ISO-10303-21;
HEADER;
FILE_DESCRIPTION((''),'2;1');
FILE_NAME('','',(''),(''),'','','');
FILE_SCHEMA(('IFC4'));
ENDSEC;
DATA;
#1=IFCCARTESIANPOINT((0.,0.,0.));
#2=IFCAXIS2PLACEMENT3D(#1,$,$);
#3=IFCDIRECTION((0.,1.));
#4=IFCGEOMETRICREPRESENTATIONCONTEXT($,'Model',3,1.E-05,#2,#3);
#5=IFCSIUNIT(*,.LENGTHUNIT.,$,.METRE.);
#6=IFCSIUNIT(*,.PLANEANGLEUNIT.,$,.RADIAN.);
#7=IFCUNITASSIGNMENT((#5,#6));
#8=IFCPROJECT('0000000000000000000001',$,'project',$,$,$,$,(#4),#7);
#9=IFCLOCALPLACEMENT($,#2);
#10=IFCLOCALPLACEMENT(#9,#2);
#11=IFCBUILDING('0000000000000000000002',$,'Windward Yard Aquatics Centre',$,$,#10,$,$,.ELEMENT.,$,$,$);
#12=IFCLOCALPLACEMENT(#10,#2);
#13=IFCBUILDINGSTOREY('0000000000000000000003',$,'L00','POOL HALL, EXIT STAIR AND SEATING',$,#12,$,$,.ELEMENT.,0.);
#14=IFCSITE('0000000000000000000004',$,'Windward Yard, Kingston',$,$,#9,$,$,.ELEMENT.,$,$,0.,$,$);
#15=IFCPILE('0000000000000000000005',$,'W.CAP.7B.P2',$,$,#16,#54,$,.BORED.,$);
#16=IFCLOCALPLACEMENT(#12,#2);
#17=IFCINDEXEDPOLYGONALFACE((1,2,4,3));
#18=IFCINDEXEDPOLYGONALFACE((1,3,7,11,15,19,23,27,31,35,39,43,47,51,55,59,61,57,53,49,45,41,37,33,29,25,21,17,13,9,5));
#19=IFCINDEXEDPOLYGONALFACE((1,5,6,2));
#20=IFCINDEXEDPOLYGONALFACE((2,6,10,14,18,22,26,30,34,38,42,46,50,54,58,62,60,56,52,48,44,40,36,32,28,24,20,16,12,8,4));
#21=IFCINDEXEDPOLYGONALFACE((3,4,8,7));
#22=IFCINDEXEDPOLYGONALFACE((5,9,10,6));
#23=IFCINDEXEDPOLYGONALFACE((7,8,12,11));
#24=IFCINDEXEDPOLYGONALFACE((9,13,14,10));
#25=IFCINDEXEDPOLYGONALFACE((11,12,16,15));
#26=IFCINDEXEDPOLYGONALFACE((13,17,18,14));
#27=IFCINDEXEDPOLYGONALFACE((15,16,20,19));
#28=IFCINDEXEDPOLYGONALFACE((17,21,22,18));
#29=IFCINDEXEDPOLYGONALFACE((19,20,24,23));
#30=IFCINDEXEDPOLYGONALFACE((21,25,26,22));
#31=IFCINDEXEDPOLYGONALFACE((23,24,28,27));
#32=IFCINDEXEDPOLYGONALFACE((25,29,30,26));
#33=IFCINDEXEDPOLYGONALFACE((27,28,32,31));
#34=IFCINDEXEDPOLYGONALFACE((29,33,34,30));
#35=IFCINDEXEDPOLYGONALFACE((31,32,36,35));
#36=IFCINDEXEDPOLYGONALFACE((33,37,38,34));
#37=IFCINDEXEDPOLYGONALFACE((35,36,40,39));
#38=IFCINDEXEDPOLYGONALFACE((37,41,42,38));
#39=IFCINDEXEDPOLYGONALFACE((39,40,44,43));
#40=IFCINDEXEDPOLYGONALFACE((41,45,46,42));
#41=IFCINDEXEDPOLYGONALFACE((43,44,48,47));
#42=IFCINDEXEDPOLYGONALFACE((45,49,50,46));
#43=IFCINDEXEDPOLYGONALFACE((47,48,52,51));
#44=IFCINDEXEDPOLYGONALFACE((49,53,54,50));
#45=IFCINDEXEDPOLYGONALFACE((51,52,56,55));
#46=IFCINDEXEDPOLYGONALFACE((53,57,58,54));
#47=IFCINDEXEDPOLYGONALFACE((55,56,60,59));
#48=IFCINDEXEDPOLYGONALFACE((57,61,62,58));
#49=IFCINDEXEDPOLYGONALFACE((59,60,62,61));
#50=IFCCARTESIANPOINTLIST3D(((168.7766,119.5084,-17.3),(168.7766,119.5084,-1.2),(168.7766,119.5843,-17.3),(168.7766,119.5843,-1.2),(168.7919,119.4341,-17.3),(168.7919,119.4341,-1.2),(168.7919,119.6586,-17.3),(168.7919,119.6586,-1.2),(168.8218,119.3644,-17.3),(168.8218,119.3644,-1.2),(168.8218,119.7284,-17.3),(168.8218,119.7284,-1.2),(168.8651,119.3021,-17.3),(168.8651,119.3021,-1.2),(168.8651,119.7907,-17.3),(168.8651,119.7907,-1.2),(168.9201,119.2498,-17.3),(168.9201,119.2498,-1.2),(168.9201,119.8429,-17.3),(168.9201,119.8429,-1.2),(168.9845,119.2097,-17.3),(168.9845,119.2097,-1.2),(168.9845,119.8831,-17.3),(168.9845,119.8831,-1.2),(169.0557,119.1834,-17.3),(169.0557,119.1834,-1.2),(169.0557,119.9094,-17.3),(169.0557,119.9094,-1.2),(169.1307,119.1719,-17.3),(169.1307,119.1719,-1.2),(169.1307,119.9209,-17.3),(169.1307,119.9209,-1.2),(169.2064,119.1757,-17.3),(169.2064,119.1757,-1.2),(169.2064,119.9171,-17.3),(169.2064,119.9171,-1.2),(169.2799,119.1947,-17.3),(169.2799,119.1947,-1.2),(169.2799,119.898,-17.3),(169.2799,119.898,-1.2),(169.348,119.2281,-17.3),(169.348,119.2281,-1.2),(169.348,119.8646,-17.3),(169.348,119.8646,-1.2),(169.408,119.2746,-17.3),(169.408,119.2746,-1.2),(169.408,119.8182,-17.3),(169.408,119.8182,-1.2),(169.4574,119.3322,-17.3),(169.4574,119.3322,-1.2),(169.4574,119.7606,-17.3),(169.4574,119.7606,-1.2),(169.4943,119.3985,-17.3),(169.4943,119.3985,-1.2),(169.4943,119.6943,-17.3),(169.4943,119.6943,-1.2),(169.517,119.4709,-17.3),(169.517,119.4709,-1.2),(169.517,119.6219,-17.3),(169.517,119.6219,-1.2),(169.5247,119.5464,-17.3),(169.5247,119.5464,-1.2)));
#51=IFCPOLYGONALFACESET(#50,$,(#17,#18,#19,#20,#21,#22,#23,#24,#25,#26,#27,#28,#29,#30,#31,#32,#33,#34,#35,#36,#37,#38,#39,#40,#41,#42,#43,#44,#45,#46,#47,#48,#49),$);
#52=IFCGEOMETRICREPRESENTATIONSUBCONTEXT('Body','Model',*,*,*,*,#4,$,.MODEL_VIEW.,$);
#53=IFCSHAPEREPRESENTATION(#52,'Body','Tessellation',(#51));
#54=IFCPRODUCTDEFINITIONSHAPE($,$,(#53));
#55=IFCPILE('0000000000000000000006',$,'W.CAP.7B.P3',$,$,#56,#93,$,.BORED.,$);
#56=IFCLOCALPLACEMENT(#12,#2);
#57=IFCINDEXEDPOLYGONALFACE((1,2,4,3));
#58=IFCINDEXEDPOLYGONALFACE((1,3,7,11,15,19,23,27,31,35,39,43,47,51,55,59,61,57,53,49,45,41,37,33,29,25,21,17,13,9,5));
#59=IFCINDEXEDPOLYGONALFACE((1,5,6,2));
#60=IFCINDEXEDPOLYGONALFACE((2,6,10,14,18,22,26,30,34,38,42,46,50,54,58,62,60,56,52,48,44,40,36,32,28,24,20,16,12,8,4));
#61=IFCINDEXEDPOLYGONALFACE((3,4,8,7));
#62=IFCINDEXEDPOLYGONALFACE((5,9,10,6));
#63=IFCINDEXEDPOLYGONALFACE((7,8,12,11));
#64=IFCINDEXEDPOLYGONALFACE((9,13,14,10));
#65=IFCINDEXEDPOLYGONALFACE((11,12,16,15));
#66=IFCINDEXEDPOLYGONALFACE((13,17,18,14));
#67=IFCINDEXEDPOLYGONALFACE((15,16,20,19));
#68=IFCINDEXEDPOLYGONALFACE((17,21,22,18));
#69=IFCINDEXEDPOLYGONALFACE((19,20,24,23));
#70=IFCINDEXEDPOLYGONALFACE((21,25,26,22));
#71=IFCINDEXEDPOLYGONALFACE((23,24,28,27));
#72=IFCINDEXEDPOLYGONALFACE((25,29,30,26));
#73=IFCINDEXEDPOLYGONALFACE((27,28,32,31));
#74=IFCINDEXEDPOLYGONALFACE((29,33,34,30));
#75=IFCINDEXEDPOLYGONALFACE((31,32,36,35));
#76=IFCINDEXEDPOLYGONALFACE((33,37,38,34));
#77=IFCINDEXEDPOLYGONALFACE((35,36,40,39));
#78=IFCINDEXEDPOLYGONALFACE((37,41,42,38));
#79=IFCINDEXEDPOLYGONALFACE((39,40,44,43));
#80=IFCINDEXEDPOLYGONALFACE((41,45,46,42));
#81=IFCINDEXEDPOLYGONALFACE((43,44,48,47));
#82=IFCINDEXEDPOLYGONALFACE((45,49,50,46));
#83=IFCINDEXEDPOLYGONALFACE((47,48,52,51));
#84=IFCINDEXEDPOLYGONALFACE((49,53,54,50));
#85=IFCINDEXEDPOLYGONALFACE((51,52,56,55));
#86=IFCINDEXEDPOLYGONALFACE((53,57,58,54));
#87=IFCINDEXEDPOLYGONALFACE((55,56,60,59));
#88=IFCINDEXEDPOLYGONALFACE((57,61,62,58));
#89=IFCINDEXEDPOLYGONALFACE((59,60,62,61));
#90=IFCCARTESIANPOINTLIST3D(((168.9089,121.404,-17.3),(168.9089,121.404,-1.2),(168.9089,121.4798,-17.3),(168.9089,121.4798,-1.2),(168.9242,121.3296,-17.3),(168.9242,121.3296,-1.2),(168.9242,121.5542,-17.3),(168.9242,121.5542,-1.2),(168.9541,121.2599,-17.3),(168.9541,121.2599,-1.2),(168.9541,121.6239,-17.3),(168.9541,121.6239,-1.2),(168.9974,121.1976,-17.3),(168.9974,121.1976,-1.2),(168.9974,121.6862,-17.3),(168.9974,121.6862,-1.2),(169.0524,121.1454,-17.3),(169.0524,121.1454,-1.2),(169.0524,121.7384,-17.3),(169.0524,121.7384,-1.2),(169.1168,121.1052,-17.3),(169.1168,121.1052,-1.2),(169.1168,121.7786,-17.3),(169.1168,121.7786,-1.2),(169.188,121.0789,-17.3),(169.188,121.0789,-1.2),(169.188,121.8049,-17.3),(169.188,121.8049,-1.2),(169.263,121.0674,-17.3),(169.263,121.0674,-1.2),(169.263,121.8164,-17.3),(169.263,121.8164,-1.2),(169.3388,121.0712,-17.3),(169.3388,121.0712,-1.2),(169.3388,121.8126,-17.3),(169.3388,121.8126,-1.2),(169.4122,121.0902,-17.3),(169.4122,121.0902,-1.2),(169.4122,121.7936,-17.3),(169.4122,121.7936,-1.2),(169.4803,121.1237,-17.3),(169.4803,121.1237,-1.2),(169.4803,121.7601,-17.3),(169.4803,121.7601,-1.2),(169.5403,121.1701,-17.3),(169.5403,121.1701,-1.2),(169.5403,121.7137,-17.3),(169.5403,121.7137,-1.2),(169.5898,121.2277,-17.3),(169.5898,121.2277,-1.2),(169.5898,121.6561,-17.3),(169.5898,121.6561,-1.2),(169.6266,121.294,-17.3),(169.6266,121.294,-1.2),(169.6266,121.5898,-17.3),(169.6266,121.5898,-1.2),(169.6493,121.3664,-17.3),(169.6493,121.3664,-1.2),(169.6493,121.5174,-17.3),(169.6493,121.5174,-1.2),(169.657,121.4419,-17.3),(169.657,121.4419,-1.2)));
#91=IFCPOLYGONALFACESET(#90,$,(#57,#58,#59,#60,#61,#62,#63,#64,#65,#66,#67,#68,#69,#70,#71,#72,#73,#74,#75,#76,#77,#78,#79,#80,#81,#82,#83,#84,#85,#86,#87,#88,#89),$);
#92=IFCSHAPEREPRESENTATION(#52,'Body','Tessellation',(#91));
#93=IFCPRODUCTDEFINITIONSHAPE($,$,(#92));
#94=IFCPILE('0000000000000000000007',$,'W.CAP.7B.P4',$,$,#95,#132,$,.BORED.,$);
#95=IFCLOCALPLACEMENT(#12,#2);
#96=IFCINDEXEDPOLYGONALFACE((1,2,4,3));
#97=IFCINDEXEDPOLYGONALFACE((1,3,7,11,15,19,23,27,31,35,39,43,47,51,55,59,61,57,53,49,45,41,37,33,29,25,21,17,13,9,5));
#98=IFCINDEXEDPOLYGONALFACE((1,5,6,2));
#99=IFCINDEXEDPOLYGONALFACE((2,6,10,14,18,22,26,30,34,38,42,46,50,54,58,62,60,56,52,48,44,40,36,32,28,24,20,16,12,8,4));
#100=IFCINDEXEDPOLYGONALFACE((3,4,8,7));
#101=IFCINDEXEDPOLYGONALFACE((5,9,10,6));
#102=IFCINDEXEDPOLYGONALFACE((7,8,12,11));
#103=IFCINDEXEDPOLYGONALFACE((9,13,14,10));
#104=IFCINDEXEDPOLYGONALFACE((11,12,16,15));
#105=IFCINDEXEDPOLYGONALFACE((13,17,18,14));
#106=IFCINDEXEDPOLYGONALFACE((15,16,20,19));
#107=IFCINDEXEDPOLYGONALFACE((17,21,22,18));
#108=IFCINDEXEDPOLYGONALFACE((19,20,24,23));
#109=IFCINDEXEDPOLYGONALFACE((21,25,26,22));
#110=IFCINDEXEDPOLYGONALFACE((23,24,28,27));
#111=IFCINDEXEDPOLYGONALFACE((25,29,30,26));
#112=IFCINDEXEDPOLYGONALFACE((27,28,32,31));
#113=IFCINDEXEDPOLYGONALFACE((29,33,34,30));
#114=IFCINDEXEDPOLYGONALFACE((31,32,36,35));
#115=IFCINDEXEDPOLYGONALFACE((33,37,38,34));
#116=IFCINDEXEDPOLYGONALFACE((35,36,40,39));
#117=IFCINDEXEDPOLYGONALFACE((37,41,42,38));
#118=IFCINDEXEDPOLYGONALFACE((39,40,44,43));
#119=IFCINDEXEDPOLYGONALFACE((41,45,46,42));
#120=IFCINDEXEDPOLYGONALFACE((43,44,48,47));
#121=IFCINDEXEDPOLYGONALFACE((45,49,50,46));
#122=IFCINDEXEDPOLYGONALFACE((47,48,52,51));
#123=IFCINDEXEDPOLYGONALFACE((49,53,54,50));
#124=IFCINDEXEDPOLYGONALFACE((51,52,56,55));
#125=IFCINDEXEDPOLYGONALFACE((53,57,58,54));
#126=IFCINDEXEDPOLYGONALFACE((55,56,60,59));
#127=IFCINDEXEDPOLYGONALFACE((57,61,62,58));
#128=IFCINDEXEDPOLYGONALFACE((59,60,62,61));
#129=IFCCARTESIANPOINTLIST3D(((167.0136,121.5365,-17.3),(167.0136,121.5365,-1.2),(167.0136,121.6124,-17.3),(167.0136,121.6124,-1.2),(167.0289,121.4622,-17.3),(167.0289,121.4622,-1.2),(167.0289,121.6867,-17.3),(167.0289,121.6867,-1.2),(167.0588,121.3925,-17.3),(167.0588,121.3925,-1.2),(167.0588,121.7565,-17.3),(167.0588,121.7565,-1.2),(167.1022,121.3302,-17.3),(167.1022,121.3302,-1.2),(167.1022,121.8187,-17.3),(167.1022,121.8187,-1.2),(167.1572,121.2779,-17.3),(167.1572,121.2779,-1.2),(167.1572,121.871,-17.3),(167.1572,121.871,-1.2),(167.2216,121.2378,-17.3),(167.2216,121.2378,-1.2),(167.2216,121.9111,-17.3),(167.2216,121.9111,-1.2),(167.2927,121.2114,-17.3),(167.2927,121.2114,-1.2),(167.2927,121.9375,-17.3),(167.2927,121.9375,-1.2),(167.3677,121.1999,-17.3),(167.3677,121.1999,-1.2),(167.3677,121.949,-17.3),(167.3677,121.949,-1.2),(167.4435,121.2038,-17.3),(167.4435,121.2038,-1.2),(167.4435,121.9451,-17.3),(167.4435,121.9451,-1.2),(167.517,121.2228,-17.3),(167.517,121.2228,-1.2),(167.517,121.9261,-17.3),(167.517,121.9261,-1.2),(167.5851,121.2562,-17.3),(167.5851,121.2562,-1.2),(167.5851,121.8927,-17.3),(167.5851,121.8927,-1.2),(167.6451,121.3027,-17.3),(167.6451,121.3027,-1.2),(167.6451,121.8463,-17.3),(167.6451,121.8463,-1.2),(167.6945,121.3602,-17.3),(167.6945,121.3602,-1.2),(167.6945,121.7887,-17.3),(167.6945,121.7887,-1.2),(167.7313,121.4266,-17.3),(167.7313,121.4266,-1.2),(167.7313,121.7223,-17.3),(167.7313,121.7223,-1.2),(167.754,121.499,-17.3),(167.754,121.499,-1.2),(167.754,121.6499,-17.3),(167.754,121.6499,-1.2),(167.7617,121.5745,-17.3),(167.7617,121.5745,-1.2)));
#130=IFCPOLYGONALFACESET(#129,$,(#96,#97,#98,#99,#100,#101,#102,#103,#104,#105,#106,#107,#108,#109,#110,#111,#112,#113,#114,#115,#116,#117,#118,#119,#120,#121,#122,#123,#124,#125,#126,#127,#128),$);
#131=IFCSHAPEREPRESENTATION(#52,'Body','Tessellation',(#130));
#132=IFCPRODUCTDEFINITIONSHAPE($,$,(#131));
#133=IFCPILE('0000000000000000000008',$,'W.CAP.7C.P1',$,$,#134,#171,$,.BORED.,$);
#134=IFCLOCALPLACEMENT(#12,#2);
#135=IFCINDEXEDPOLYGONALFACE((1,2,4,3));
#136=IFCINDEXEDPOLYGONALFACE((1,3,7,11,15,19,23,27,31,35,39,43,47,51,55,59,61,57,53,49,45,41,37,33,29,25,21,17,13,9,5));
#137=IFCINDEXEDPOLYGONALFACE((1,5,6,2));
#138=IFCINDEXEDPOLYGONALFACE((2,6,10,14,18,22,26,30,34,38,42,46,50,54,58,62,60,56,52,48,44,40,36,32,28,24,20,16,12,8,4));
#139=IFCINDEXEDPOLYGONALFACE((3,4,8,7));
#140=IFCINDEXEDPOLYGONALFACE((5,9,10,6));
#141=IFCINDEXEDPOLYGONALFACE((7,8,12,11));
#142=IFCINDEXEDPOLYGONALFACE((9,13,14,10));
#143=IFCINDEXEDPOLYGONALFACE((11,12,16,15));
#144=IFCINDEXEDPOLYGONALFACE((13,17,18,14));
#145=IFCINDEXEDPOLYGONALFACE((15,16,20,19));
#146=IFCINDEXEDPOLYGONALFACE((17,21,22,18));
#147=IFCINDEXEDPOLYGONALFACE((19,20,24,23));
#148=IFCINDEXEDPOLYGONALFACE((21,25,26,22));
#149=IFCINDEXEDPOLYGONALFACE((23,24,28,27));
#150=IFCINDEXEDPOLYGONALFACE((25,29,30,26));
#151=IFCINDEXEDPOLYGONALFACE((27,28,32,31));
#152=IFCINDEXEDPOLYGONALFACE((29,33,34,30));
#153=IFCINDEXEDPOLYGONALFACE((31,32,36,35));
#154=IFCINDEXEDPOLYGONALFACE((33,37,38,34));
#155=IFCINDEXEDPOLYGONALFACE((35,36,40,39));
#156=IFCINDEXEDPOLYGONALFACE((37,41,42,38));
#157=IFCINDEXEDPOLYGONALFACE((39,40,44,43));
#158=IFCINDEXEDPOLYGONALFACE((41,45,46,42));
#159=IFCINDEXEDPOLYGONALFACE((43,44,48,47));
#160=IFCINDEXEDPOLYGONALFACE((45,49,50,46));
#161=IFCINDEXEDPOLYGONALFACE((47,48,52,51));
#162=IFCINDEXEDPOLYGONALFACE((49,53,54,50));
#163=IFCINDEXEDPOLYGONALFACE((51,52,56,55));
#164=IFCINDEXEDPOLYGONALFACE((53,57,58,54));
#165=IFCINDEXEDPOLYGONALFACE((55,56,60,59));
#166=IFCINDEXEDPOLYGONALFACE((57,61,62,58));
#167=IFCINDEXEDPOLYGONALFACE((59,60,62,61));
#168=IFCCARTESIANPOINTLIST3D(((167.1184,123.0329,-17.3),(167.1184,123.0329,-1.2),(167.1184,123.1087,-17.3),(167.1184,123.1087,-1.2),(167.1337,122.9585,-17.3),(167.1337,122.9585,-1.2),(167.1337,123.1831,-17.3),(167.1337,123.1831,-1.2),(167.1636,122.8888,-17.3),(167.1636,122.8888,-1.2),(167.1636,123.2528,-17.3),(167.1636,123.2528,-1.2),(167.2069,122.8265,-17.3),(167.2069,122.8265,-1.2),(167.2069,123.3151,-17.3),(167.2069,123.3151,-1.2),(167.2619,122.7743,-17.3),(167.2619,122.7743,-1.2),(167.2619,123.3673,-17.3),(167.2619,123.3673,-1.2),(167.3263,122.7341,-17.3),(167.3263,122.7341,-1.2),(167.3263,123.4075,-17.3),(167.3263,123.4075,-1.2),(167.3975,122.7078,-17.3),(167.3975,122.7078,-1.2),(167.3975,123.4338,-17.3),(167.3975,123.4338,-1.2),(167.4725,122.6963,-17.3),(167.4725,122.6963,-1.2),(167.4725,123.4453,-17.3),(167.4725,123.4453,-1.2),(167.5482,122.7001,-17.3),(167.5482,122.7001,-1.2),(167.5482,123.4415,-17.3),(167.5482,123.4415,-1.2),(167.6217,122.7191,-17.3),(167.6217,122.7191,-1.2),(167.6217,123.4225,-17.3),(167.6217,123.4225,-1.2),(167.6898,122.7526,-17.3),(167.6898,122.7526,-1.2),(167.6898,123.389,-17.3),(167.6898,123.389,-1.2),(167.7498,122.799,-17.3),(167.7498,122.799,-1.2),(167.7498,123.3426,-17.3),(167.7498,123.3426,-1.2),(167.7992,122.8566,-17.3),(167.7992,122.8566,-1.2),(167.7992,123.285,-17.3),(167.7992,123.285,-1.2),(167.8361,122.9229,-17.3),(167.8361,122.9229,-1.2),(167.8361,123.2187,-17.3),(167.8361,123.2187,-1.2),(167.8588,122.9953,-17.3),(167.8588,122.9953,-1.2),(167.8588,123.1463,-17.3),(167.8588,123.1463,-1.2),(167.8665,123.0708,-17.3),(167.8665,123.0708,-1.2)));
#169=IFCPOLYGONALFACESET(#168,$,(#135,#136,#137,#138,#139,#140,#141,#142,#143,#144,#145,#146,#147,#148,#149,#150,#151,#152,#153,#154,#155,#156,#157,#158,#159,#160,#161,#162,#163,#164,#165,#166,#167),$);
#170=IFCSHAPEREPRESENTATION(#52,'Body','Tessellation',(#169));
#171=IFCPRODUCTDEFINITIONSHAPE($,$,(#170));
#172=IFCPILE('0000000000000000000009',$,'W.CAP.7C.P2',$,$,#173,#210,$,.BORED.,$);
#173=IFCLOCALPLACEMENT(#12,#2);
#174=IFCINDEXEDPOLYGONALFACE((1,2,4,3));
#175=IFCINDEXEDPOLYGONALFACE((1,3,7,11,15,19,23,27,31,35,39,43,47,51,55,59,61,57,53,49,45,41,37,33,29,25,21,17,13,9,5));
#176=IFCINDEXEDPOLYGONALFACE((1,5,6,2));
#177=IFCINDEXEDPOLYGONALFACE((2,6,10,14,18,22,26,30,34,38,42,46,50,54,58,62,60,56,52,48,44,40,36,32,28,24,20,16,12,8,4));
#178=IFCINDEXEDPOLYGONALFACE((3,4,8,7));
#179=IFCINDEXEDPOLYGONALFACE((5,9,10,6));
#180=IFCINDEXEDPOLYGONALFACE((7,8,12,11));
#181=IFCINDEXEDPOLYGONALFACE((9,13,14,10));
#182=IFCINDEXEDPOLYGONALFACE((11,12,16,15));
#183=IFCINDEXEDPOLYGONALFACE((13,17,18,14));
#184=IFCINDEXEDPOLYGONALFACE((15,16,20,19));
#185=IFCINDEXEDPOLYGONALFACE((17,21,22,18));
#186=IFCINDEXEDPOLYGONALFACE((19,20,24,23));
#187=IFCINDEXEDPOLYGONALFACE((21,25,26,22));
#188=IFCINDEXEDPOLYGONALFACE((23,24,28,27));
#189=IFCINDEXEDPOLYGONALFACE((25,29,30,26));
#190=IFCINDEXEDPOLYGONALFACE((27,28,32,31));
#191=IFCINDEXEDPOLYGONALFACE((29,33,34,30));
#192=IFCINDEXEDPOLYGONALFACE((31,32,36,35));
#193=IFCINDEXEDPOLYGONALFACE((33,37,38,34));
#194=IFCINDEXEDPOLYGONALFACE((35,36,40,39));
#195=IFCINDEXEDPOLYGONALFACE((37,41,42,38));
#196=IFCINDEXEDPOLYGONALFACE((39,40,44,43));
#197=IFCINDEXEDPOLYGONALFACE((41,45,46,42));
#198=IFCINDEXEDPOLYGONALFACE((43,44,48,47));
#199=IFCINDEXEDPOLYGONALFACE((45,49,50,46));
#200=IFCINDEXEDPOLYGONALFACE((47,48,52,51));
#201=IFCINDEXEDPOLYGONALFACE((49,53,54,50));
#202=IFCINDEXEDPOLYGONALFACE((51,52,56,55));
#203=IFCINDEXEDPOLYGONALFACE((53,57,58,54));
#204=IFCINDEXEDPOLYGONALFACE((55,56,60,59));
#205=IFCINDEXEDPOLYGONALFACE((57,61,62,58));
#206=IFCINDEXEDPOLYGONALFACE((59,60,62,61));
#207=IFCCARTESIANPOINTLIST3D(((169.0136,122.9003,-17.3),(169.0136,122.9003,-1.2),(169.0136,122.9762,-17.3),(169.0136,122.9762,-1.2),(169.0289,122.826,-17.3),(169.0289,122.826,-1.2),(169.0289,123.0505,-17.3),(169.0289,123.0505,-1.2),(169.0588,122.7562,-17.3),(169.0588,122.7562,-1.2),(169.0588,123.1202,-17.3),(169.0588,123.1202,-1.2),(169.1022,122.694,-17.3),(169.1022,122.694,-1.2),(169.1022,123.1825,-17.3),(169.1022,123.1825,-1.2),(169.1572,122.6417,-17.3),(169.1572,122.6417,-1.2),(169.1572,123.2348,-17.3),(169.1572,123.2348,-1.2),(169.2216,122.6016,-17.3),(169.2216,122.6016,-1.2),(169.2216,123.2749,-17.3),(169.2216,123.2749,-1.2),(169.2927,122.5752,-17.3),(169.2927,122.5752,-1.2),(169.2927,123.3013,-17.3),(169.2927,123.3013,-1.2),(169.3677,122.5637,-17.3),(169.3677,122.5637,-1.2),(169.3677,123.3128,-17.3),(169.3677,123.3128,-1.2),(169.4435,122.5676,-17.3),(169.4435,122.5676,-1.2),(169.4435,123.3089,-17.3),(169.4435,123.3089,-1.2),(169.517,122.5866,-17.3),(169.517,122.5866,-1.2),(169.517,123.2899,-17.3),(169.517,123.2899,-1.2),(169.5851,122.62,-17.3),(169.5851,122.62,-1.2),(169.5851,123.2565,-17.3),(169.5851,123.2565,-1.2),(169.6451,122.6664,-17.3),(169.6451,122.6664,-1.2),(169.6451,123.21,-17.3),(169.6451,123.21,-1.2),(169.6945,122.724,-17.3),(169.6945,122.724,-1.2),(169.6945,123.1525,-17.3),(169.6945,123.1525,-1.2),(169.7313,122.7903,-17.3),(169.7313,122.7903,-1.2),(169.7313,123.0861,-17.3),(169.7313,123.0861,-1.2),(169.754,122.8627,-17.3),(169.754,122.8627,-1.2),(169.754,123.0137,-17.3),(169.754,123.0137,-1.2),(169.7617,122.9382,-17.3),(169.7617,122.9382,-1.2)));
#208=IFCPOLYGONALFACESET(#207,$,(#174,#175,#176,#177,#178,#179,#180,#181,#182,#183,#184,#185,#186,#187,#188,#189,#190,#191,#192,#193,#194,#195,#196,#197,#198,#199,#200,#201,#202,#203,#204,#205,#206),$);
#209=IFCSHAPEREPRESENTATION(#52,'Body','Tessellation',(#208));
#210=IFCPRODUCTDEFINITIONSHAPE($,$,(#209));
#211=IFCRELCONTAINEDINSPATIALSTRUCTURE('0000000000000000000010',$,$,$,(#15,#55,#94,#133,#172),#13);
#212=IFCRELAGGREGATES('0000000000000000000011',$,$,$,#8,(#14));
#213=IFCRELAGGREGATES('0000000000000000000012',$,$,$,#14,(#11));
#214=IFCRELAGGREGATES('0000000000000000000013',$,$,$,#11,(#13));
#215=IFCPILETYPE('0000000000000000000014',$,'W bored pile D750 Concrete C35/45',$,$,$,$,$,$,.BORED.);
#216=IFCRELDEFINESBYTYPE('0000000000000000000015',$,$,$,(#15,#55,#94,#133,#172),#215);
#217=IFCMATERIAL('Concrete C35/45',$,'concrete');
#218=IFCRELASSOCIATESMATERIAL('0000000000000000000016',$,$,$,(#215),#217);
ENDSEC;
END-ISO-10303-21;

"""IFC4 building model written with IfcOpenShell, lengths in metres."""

from ifc_helpers import new_model, si_unit, direction, frame, origin, origin_2d, place, context, subcontext, project, spatial, circle, extrude, material, material_profile, profile_set, type_object, element, save


model = new_model("IFC4")

# Units and contexts
model_context = context("Model", 3, precision=1e-05, world=origin(), true_north=direction((0.0, 1.0)))
body_context = subcontext(model_context, "Body", "Model", "MODEL_VIEW")
ifc_project = project(units=[si_unit("LENGTHUNIT", "METRE"), si_unit("PLANEANGLEUNIT", "RADIAN")], contexts=[model_context])

# Site, building, storey
site_placement = place(None, origin())
site = spatial("IfcSite", under=ifc_project, at=site_placement, Name="Windward Yard, Kingston", CompositionType="ELEMENT", RefElevation=0.0)
building_placement = place(site_placement, origin())
building = spatial("IfcBuilding", under=site, at=building_placement, Name="Windward Yard Aquatics Centre", CompositionType="ELEMENT")
storey_placement = place(building_placement, origin())
storey = spatial("IfcBuildingStorey", under=building, at=storey_placement, Name="L00", Description="POOL HALL, EXIT STAIR AND SEATING", CompositionType="ELEMENT", Elevation=0.0)

# Piles
ifc_material_1 = material(Name="Concrete C35/45", Category="concrete")
ifc_material_profile_1 = material_profile(ifc_material_1, circle(Radius=0.375, at=origin_2d()), Name="D750")
ifc_profile_set_1 = profile_set([ifc_material_profile_1], Name="Concrete C35/45")
pile_type = type_object("IfcPileType", Name="W bored pile D750 Concrete C35/45", PredefinedType="BORED", material=ifc_profile_set_1)
for number, where, z_axis, x_axis, name in (
    (1, (169.1497, 119.5464, -1.2), (0.0, 0.0, -1.0), (1.0, 0.0, 0.0), "W.CAP.7B.P2"),
    (2, (169.282, 121.4419, -1.2), (0.0, 0.0, -1.0), (1.0, 0.0, 0.0), "W.CAP.7B.P3"),
    (3, (167.3867, 121.5745, -1.2), (0.0, 0.0, -1.0), (1.0, 0.0, 0.0), "W.CAP.7B.P4"),
    (4, (167.4915, 123.0708, -1.2), (0.0, 0.0, -1.0), (1.0, 0.0, 0.0), "W.CAP.7C.P1"),
    (5, (169.3867, 122.9382, -1.2), (0.0, 0.0, -1.0), (1.0, 0.0, 0.0), "W.CAP.7C.P2"),
):
    element("IfcPile", number, at=place(storey_placement, frame(where, z_axis=z_axis, x_axis=x_axis)), inside=storey, type_object=pile_type, Name=name, PredefinedType="BORED", context=body_context, shape_type="SweptSolid", body=[
        extrude(circle(Radius=0.375, at=origin_2d()), origin(), (0.0, 0.0, 1.0), 16.1001),
    ])

save(model, "model.ifc")
